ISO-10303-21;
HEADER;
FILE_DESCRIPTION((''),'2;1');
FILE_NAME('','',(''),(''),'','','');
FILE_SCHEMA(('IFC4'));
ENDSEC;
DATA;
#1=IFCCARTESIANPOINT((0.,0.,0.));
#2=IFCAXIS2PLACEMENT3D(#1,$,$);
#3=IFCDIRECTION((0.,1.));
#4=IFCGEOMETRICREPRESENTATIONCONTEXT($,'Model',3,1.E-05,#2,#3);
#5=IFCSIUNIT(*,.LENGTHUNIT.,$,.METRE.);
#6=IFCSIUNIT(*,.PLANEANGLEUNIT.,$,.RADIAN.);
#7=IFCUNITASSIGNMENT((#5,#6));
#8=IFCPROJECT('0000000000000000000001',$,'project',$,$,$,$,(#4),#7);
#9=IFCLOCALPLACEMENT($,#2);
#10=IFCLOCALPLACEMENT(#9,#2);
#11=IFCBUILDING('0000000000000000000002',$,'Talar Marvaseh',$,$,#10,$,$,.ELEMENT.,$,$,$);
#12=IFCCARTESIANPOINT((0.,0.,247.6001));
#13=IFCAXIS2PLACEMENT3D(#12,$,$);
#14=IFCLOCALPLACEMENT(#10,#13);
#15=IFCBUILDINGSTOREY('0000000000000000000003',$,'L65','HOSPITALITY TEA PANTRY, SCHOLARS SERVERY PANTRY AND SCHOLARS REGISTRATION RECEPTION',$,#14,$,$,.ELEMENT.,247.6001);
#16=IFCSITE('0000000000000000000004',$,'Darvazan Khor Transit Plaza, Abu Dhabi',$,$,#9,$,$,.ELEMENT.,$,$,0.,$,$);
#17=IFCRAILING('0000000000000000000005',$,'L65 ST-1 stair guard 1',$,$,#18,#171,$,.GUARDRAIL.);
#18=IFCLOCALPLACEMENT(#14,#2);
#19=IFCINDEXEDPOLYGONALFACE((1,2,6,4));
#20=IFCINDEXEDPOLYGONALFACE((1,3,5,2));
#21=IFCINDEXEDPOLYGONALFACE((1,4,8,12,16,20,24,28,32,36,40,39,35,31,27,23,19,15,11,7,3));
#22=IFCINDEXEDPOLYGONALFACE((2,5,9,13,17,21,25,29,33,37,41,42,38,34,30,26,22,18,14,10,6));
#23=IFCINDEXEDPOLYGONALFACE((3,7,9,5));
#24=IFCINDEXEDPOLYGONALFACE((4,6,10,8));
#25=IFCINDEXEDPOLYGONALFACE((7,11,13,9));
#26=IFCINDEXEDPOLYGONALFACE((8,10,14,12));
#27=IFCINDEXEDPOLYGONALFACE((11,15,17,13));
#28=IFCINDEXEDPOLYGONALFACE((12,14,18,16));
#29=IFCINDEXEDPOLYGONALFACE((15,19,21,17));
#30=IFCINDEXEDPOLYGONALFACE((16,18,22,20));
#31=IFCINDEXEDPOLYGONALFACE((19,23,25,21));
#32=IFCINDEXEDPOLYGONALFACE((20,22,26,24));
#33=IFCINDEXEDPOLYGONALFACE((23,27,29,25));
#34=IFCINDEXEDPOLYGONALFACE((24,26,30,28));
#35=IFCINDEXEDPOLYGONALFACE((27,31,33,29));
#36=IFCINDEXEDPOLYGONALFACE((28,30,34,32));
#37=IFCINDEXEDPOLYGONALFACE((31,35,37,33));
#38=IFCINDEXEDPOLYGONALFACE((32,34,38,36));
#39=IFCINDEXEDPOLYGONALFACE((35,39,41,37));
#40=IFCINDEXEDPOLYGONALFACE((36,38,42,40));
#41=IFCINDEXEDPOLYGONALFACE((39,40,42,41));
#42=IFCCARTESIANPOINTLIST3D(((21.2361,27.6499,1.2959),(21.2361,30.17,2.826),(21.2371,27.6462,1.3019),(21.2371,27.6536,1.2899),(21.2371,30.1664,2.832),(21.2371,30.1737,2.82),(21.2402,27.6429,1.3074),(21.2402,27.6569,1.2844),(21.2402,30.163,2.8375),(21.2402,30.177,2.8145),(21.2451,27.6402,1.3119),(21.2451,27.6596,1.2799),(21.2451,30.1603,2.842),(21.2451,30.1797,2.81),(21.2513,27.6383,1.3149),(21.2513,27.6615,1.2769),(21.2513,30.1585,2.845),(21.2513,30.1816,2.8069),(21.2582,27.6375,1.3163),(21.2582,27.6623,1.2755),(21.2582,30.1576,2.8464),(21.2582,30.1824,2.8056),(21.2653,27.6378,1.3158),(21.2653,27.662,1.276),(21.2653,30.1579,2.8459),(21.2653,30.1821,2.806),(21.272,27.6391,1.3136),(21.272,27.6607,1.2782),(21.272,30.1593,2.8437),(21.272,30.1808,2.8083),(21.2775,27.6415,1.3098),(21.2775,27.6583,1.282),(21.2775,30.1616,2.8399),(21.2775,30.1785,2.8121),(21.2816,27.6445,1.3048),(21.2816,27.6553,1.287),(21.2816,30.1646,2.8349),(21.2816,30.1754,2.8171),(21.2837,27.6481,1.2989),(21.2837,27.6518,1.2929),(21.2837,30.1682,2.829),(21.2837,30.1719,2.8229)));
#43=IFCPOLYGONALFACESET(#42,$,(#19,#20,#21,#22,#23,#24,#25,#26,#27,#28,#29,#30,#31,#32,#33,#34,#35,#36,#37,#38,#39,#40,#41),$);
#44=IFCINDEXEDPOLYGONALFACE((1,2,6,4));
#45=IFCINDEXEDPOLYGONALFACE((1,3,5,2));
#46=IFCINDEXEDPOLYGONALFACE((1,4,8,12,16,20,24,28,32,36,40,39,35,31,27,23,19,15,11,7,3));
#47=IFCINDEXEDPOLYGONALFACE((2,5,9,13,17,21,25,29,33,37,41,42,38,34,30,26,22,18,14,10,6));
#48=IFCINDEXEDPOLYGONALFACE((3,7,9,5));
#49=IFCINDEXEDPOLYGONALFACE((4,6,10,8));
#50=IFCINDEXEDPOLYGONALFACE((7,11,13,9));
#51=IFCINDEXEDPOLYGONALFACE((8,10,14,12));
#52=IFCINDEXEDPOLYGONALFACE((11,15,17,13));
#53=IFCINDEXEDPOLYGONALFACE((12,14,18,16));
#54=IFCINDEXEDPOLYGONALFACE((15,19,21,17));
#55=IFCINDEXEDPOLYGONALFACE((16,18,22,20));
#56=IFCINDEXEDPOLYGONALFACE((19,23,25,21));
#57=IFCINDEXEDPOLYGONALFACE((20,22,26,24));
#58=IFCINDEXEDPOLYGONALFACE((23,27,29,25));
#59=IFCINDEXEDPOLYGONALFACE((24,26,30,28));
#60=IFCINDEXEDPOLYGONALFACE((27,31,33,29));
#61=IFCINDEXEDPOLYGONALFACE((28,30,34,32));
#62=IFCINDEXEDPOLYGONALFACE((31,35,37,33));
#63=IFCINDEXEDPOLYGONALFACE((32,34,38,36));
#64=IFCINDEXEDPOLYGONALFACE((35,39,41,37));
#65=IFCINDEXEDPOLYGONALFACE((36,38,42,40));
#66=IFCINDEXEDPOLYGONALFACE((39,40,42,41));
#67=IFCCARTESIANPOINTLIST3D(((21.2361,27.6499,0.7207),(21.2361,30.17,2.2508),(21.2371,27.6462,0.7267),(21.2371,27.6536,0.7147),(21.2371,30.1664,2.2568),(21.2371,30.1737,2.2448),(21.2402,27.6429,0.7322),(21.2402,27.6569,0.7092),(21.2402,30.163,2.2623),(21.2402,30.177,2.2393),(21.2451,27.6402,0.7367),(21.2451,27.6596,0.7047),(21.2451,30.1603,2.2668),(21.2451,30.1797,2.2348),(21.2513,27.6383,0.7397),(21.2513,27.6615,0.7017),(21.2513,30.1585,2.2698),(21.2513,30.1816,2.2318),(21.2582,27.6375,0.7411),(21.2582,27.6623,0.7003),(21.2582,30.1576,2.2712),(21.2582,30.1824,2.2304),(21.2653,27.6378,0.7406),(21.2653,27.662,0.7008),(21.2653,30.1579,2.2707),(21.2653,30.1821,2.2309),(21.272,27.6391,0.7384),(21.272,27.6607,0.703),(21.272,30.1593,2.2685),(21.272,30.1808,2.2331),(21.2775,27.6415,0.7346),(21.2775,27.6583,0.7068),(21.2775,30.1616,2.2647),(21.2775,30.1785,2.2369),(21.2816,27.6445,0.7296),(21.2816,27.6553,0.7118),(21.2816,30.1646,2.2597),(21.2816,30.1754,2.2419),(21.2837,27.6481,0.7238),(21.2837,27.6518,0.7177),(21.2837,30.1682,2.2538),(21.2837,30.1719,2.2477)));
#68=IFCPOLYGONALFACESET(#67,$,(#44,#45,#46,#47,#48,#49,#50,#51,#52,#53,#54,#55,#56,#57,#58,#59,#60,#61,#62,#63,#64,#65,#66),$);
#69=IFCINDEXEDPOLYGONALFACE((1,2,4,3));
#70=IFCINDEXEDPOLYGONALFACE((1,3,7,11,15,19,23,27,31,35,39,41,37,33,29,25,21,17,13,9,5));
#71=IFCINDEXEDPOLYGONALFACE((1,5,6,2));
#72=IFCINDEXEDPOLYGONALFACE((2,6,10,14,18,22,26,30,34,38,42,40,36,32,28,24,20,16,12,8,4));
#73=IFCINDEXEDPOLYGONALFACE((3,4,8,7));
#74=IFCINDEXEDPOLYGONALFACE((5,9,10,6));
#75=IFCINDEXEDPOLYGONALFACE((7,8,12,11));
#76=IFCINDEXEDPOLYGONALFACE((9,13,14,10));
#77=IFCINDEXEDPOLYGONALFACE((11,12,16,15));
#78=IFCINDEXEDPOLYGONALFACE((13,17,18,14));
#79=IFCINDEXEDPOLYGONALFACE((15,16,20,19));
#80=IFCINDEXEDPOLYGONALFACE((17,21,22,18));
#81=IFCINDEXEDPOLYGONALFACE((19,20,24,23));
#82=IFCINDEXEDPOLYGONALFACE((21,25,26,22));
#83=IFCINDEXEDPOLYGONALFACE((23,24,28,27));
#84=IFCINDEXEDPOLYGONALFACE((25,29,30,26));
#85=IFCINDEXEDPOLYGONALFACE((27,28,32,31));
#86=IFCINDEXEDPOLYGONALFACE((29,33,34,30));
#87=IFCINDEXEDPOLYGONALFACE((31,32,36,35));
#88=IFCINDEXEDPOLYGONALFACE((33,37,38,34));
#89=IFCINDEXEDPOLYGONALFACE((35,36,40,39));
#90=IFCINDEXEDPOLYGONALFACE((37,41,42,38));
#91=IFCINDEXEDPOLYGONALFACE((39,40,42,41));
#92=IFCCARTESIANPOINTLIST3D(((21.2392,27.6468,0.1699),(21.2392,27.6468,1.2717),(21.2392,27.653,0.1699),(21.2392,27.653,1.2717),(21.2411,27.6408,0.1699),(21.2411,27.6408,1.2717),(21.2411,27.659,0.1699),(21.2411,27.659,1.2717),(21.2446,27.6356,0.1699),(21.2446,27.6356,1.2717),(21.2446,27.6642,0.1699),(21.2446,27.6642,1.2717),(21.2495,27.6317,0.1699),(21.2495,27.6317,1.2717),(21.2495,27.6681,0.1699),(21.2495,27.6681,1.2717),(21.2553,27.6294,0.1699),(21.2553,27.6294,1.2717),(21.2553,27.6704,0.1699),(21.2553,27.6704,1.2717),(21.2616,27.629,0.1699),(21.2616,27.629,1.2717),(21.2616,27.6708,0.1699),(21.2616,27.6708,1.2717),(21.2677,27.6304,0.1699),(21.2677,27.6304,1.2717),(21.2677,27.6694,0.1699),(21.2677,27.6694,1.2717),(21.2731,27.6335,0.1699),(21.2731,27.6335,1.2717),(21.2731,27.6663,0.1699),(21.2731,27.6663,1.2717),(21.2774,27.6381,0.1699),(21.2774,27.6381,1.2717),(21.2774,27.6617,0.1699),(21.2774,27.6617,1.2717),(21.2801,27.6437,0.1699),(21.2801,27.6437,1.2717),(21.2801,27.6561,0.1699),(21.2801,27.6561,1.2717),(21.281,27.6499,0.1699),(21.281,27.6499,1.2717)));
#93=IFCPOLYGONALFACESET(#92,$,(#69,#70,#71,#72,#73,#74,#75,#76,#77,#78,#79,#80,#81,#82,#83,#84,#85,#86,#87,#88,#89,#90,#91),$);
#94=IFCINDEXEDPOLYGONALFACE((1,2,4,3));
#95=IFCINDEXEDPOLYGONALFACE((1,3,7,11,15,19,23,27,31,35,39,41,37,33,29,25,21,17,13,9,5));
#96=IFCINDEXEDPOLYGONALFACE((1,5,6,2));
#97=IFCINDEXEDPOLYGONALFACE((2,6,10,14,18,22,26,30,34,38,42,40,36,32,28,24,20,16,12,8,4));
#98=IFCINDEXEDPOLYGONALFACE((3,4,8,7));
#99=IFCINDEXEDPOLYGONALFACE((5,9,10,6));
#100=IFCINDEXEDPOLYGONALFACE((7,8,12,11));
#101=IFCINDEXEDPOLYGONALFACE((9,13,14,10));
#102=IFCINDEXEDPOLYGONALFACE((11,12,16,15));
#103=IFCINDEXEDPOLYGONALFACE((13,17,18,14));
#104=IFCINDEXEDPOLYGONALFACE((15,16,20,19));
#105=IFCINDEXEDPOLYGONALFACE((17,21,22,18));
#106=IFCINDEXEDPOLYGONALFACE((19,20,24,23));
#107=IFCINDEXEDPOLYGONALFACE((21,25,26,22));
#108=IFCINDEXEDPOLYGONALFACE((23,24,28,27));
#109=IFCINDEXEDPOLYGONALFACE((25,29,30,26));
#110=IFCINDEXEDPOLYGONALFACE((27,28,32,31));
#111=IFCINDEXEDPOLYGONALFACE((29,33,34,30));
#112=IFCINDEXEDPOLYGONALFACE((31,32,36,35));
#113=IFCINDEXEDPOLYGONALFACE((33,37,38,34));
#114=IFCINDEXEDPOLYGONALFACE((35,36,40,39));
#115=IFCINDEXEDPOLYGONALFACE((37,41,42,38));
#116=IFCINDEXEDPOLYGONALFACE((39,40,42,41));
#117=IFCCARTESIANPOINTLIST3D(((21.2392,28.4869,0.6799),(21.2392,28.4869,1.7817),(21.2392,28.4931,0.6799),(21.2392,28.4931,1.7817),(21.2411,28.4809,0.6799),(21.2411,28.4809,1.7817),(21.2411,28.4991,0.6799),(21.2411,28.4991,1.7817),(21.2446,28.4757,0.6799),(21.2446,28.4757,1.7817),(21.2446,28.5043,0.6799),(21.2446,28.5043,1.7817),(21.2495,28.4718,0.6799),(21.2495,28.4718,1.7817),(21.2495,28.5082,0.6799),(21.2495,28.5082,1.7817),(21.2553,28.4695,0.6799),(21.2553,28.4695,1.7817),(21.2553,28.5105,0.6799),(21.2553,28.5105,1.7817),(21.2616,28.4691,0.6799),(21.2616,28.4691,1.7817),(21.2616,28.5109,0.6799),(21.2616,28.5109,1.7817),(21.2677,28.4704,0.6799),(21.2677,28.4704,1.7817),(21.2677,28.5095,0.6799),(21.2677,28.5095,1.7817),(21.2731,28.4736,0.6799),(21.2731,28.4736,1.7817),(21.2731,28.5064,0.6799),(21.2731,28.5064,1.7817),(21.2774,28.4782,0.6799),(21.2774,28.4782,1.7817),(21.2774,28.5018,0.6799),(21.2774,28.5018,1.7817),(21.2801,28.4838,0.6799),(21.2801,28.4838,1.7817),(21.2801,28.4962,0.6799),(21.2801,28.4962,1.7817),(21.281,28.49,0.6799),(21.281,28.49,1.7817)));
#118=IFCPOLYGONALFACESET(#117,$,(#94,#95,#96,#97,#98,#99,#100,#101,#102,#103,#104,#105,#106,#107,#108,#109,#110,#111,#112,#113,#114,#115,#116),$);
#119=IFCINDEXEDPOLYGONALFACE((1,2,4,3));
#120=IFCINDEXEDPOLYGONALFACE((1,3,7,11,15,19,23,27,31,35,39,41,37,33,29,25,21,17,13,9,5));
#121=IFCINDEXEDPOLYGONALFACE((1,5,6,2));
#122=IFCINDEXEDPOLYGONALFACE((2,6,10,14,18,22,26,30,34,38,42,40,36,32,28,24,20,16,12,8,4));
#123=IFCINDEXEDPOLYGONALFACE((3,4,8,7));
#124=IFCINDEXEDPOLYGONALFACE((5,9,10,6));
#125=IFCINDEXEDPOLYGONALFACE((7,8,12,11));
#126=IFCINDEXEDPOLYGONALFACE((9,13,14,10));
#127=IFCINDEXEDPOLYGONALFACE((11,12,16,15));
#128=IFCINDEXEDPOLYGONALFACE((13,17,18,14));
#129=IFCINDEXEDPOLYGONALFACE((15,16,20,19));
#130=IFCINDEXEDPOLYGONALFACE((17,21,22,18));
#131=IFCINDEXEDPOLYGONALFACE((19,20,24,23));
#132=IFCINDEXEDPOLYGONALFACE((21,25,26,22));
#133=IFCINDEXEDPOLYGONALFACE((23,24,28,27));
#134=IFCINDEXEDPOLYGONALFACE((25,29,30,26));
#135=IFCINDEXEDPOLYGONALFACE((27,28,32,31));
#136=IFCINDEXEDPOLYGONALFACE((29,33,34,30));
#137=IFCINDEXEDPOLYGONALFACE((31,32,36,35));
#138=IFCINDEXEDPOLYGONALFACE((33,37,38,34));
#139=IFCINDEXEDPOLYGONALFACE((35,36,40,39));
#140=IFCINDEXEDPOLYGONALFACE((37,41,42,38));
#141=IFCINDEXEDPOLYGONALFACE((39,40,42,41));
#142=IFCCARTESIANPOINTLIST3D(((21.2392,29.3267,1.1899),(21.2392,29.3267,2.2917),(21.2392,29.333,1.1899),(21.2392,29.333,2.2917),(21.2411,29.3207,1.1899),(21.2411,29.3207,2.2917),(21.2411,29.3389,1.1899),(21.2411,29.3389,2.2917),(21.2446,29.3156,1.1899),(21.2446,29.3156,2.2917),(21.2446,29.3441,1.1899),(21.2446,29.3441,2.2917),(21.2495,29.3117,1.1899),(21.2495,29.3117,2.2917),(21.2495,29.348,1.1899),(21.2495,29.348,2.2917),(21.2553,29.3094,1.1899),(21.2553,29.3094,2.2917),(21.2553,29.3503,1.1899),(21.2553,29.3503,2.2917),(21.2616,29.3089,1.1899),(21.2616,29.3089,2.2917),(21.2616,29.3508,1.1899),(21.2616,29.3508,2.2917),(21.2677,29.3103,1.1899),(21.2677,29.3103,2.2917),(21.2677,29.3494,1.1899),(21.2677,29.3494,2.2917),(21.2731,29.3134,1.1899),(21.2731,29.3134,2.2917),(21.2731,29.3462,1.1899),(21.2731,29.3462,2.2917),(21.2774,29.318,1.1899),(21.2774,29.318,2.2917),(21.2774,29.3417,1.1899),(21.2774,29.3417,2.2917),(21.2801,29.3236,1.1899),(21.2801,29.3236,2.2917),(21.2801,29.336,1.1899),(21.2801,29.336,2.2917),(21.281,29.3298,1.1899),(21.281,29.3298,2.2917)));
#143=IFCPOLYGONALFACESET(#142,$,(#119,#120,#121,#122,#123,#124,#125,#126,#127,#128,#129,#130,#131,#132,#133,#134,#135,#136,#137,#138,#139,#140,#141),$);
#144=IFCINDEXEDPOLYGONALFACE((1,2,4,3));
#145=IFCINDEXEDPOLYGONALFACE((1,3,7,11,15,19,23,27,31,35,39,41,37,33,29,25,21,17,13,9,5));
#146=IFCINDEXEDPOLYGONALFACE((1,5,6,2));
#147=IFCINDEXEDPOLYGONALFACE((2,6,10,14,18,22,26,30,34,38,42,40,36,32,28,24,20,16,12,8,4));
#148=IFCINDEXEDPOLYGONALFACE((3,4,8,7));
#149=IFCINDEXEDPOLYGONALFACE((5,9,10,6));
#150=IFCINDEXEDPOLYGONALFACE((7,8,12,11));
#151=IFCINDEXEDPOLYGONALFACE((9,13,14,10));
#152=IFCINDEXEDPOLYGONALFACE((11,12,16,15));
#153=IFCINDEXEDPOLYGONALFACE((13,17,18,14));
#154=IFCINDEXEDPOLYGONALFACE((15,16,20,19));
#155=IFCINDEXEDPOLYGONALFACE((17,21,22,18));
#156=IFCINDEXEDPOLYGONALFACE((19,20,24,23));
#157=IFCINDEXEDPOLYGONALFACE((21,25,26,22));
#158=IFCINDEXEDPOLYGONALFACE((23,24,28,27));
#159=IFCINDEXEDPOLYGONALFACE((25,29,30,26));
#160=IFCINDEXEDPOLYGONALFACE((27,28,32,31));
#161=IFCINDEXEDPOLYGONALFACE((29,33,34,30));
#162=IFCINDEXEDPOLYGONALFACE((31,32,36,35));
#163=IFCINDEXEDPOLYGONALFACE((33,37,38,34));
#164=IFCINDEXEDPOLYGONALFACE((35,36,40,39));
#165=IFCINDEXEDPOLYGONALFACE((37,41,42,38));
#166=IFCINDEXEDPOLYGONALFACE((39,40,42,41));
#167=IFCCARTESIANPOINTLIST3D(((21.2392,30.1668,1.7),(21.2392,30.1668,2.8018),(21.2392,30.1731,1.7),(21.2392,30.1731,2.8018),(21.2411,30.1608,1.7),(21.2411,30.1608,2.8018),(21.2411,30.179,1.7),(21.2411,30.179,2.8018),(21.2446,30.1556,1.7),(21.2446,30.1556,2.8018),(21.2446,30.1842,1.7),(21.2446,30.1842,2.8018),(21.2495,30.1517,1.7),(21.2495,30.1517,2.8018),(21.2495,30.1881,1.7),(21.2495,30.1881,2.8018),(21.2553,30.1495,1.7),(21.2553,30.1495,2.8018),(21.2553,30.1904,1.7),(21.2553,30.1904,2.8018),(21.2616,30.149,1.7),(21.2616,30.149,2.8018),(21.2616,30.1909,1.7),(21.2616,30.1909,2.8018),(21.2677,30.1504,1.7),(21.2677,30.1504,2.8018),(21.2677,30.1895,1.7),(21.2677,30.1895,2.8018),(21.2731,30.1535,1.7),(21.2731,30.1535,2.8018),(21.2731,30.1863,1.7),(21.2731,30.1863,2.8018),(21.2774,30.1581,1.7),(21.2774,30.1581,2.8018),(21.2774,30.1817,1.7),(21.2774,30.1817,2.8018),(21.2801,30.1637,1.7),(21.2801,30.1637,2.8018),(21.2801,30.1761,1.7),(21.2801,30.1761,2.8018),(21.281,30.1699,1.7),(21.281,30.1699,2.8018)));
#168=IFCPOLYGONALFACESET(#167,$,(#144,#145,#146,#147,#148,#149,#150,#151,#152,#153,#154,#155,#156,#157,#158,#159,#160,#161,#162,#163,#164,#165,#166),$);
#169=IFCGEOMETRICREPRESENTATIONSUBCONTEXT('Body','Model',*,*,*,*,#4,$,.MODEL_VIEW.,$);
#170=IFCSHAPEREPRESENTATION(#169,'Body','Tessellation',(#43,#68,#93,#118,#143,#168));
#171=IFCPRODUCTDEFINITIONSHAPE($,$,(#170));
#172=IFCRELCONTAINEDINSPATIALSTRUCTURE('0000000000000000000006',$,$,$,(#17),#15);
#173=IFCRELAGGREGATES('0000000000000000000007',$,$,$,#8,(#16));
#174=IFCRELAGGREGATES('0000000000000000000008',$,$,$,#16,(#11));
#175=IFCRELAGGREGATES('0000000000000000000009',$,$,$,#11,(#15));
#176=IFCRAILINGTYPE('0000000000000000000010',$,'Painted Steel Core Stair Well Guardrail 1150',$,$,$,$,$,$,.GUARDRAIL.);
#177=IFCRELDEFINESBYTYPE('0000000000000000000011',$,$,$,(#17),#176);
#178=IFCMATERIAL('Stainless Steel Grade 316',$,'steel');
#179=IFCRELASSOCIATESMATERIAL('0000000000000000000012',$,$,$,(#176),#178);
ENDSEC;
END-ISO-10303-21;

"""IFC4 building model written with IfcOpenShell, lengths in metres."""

from ifc_helpers import new_model, si_unit, direction, frame, origin, origin_2d, place, context, subcontext, project, spatial, circle, extrude, material, type_object, element, save


model = new_model("IFC4")

# Units and contexts
model_context = context("Model", 3, precision=1e-05, world=origin(), true_north=direction((0.0, 1.0)))
body_context = subcontext(model_context, "Body", "Model", "MODEL_VIEW")
ifc_project = project(units=[si_unit("LENGTHUNIT", "METRE"), si_unit("PLANEANGLEUNIT", "RADIAN")], contexts=[model_context])

# Site, building, storey
site_placement = place(None, origin())
site = spatial("IfcSite", under=ifc_project, at=site_placement, Name="Darvazan Khor Transit Plaza, Abu Dhabi", CompositionType="ELEMENT", RefElevation=0.0)
building_placement = place(site_placement, origin())
building = spatial("IfcBuilding", under=site, at=building_placement, Name="Talar Marvaseh", CompositionType="ELEMENT")
storey_placement = place(building_placement, frame((0.0, 0.0, 247.6001)))
storey = spatial("IfcBuildingStorey", under=building, at=storey_placement, Name="L65", Description="HOSPITALITY TEA PANTRY, SCHOLARS SERVERY PANTRY AND SCHOLARS REGISTRATION RECEPTION", CompositionType="ELEMENT", Elevation=247.6001)

# Railing
ifc_material_1 = material(Name="Stainless Steel Grade 316", Category="steel")
railing_type_1 = type_object("IfcRailingType", Name="Painted Steel Core Stair Well Guardrail 1150", PredefinedType="GUARDRAIL", material=ifc_material_1)
railing_1_placement = place(storey_placement, frame((21.26, 27.6499, 0.1699)))
element("IfcRailing", 1, at=railing_1_placement, inside=storey, type_object=railing_type_1, Name="L65 ST-1 stair guard 1", PredefinedType="GUARDRAIL", context=body_context, shape_type="SweptSolid", body=[
    extrude(circle(Radius=0.0239, at=origin_2d()), frame((0.0, 0.0, 1.126), z_axis=(0.0, 0.854785, 0.518982), x_axis=(-1.0, 0.0, 0.0)), (0.0, 0.0, 1.0), 2.9482),
    extrude(circle(Radius=0.0239, at=origin_2d()), frame((0.0, 0.0, 0.5508), z_axis=(0.0, 0.854785, 0.518982), x_axis=(-1.0, 0.0, 0.0)), (0.0, 0.0, 1.0), 2.9482),
    extrude(circle(Radius=0.021, at=origin_2d()), origin(), (0.0, 0.0, 1.0), 1.1018),
    extrude(circle(Radius=0.021, at=origin_2d()), frame((0.0, 0.8401, 0.51)), (0.0, 0.0, 1.0), 1.1018),
    extrude(circle(Radius=0.021, at=origin_2d()), frame((0.0, 1.6799, 1.02)), (0.0, 0.0, 1.0), 1.1018),
    extrude(circle(Radius=0.021, at=origin_2d()), frame((0.0, 2.52, 1.53)), (0.0, 0.0, 1.0), 1.1018),
])

save(model, "model.ifc")
